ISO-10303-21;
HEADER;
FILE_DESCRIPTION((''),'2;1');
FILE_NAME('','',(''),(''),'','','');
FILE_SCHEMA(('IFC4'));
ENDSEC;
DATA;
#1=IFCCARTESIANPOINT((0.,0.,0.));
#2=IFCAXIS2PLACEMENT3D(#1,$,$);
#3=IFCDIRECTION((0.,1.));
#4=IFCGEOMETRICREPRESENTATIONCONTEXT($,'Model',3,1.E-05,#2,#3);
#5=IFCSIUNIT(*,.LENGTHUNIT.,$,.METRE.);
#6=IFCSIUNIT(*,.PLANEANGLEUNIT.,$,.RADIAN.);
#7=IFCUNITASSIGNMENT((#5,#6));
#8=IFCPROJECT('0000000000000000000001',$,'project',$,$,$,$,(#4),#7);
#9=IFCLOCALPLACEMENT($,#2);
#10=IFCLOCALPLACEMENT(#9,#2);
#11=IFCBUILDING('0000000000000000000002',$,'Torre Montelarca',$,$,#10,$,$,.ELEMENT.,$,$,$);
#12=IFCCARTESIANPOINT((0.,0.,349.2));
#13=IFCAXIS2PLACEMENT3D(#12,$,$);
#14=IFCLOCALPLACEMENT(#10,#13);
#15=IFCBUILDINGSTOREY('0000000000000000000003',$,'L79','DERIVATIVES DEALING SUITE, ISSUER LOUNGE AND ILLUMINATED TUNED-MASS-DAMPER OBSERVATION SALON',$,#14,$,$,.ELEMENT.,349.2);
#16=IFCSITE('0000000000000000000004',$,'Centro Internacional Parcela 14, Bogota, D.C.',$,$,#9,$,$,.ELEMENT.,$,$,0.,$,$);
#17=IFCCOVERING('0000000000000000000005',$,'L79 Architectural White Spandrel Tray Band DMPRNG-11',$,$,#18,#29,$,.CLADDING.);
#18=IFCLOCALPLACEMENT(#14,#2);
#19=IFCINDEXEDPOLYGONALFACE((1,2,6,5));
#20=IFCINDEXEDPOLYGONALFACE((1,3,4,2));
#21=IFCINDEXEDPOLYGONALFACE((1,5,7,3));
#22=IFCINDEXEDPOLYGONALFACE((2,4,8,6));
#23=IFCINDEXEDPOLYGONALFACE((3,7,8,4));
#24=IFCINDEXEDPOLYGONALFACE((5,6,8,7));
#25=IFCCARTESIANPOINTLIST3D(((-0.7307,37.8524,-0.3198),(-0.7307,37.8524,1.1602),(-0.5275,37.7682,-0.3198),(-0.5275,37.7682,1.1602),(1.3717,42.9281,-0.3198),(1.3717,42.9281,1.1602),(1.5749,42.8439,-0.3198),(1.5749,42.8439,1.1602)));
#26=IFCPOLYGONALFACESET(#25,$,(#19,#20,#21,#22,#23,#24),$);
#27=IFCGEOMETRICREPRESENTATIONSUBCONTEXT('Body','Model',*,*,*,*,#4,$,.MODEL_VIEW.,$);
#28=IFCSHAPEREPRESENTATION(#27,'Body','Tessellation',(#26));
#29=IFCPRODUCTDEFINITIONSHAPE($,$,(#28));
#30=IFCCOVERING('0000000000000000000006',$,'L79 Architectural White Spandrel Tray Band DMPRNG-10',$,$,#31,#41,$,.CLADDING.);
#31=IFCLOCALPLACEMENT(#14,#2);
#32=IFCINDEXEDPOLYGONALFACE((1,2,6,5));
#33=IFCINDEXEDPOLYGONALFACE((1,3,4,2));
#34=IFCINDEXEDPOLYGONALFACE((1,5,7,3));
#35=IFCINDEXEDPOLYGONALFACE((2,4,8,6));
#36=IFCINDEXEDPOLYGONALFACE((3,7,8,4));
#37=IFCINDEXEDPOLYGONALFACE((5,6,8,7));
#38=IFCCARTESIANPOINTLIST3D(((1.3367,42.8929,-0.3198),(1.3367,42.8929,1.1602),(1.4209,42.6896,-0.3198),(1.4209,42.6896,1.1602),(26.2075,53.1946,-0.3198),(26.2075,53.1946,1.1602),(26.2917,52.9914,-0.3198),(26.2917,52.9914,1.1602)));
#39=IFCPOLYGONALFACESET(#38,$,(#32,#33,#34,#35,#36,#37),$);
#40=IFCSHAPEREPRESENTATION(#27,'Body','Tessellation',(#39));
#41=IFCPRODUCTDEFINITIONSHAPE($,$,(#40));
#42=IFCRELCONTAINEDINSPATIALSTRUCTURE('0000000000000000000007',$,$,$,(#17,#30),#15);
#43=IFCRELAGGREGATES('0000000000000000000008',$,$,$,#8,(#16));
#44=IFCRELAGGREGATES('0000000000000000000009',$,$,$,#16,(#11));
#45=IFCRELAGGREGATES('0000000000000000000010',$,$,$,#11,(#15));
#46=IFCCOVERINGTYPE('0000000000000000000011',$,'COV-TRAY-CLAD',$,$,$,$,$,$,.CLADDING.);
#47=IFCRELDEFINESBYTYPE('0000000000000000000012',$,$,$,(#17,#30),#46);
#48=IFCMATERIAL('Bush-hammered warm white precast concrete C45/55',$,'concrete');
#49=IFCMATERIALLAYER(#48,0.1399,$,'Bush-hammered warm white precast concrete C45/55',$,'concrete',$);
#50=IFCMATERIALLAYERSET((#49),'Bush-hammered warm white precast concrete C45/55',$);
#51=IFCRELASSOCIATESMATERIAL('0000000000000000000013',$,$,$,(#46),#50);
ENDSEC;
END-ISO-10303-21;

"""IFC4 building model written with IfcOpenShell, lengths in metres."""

from ifc_helpers import new_model, si_unit, direction, frame, origin, origin_2d, place, context, subcontext, project, spatial, rectangle, extrude, source, transform, mapped, material, layer, layer_set, type_object, element, save


model = new_model("IFC4")

# Units and contexts
model_context = context("Model", 3, precision=1e-05, world=origin(), true_north=direction((0.0, 1.0)))
body_context = subcontext(model_context, "Body", "Model", "MODEL_VIEW")
ifc_project = project(units=[si_unit("LENGTHUNIT", "METRE"), si_unit("PLANEANGLEUNIT", "RADIAN")], contexts=[model_context])

# Site, building, storey
site_placement = place(None, origin())
site = spatial("IfcSite", under=ifc_project, at=site_placement, Name="Centro Internacional Parcela 14, Bogota, D.C.", CompositionType="ELEMENT", RefElevation=0.0)
building_placement = place(site_placement, origin())
building = spatial("IfcBuilding", under=site, at=building_placement, Name="Torre Montelarca", CompositionType="ELEMENT")
storey_placement = place(building_placement, frame((0.0, 0.0, 349.2)))
storey = spatial("IfcBuildingStorey", under=building, at=storey_placement, Name="L79", Description="DERIVATIVES DEALING SUITE, ISSUER LOUNGE AND ILLUMINATED TUNED-MASS-DAMPER OBSERVATION SALON", CompositionType="ELEMENT", Elevation=349.2)

# Coverings
ifc_material_1 = material(Name="Bush-hammered warm white precast concrete C45/55", Category="concrete")
ifc_layer_1 = layer(ifc_material_1, 0.1399, Name="Bush-hammered warm white precast concrete C45/55", Category="concrete")
ifc_layer_set_1 = layer_set([ifc_layer_1], Name="Bush-hammered warm white precast concrete C45/55")
covering_type = type_object("IfcCoveringType", Name="COV-TRAY-CLAD", PredefinedType="CLADDING", material=ifc_layer_set_1)
shared_shape_1 = source(origin(), body_context, "Body", "SweptSolid", [
    extrude(rectangle(XDim=5.4939, YDim=0.22, at=origin_2d()), origin(), (0.0, 0.0, 1.0), 1.48),
])
covering_1_placement = place(storey_placement, frame((0.4221, 40.3481, -0.3198), z_axis=(0.0, 0.0, 1.0), x_axis=(-0.382679, -0.923882, 0.0)))
element("IfcCovering", 1, at=covering_1_placement, inside=storey, type_object=covering_type, Name="L79 Architectural White Spandrel Tray Band DMPRNG-11", PredefinedType="CLADDING", context=body_context, shape_type="MappedRepresentation", body=[
    mapped(shared_shape_1, transform((0.0, 0.0, 0.0), scale=1.0)),
])
shared_shape_2 = source(origin(), body_context, "Body", "SweptSolid", [
    extrude(rectangle(XDim=26.9199, YDim=0.22, at=origin_2d()), origin(), (0.0, 0.0, 1.0), 1.48),
])
covering_2_placement = place(storey_placement, frame((13.8142, 47.9421, -0.3198), z_axis=(0.0, 0.0, 1.0), x_axis=(-0.92388, -0.382682, 0.0)))
element("IfcCovering", 2, at=covering_2_placement, inside=storey, type_object=covering_type, Name="L79 Architectural White Spandrel Tray Band DMPRNG-10", PredefinedType="CLADDING", context=body_context, shape_type="MappedRepresentation", body=[
    mapped(shared_shape_2, transform((0.0, 0.0, 0.0), scale=1.0)),
])

save(model, "model.ifc")
